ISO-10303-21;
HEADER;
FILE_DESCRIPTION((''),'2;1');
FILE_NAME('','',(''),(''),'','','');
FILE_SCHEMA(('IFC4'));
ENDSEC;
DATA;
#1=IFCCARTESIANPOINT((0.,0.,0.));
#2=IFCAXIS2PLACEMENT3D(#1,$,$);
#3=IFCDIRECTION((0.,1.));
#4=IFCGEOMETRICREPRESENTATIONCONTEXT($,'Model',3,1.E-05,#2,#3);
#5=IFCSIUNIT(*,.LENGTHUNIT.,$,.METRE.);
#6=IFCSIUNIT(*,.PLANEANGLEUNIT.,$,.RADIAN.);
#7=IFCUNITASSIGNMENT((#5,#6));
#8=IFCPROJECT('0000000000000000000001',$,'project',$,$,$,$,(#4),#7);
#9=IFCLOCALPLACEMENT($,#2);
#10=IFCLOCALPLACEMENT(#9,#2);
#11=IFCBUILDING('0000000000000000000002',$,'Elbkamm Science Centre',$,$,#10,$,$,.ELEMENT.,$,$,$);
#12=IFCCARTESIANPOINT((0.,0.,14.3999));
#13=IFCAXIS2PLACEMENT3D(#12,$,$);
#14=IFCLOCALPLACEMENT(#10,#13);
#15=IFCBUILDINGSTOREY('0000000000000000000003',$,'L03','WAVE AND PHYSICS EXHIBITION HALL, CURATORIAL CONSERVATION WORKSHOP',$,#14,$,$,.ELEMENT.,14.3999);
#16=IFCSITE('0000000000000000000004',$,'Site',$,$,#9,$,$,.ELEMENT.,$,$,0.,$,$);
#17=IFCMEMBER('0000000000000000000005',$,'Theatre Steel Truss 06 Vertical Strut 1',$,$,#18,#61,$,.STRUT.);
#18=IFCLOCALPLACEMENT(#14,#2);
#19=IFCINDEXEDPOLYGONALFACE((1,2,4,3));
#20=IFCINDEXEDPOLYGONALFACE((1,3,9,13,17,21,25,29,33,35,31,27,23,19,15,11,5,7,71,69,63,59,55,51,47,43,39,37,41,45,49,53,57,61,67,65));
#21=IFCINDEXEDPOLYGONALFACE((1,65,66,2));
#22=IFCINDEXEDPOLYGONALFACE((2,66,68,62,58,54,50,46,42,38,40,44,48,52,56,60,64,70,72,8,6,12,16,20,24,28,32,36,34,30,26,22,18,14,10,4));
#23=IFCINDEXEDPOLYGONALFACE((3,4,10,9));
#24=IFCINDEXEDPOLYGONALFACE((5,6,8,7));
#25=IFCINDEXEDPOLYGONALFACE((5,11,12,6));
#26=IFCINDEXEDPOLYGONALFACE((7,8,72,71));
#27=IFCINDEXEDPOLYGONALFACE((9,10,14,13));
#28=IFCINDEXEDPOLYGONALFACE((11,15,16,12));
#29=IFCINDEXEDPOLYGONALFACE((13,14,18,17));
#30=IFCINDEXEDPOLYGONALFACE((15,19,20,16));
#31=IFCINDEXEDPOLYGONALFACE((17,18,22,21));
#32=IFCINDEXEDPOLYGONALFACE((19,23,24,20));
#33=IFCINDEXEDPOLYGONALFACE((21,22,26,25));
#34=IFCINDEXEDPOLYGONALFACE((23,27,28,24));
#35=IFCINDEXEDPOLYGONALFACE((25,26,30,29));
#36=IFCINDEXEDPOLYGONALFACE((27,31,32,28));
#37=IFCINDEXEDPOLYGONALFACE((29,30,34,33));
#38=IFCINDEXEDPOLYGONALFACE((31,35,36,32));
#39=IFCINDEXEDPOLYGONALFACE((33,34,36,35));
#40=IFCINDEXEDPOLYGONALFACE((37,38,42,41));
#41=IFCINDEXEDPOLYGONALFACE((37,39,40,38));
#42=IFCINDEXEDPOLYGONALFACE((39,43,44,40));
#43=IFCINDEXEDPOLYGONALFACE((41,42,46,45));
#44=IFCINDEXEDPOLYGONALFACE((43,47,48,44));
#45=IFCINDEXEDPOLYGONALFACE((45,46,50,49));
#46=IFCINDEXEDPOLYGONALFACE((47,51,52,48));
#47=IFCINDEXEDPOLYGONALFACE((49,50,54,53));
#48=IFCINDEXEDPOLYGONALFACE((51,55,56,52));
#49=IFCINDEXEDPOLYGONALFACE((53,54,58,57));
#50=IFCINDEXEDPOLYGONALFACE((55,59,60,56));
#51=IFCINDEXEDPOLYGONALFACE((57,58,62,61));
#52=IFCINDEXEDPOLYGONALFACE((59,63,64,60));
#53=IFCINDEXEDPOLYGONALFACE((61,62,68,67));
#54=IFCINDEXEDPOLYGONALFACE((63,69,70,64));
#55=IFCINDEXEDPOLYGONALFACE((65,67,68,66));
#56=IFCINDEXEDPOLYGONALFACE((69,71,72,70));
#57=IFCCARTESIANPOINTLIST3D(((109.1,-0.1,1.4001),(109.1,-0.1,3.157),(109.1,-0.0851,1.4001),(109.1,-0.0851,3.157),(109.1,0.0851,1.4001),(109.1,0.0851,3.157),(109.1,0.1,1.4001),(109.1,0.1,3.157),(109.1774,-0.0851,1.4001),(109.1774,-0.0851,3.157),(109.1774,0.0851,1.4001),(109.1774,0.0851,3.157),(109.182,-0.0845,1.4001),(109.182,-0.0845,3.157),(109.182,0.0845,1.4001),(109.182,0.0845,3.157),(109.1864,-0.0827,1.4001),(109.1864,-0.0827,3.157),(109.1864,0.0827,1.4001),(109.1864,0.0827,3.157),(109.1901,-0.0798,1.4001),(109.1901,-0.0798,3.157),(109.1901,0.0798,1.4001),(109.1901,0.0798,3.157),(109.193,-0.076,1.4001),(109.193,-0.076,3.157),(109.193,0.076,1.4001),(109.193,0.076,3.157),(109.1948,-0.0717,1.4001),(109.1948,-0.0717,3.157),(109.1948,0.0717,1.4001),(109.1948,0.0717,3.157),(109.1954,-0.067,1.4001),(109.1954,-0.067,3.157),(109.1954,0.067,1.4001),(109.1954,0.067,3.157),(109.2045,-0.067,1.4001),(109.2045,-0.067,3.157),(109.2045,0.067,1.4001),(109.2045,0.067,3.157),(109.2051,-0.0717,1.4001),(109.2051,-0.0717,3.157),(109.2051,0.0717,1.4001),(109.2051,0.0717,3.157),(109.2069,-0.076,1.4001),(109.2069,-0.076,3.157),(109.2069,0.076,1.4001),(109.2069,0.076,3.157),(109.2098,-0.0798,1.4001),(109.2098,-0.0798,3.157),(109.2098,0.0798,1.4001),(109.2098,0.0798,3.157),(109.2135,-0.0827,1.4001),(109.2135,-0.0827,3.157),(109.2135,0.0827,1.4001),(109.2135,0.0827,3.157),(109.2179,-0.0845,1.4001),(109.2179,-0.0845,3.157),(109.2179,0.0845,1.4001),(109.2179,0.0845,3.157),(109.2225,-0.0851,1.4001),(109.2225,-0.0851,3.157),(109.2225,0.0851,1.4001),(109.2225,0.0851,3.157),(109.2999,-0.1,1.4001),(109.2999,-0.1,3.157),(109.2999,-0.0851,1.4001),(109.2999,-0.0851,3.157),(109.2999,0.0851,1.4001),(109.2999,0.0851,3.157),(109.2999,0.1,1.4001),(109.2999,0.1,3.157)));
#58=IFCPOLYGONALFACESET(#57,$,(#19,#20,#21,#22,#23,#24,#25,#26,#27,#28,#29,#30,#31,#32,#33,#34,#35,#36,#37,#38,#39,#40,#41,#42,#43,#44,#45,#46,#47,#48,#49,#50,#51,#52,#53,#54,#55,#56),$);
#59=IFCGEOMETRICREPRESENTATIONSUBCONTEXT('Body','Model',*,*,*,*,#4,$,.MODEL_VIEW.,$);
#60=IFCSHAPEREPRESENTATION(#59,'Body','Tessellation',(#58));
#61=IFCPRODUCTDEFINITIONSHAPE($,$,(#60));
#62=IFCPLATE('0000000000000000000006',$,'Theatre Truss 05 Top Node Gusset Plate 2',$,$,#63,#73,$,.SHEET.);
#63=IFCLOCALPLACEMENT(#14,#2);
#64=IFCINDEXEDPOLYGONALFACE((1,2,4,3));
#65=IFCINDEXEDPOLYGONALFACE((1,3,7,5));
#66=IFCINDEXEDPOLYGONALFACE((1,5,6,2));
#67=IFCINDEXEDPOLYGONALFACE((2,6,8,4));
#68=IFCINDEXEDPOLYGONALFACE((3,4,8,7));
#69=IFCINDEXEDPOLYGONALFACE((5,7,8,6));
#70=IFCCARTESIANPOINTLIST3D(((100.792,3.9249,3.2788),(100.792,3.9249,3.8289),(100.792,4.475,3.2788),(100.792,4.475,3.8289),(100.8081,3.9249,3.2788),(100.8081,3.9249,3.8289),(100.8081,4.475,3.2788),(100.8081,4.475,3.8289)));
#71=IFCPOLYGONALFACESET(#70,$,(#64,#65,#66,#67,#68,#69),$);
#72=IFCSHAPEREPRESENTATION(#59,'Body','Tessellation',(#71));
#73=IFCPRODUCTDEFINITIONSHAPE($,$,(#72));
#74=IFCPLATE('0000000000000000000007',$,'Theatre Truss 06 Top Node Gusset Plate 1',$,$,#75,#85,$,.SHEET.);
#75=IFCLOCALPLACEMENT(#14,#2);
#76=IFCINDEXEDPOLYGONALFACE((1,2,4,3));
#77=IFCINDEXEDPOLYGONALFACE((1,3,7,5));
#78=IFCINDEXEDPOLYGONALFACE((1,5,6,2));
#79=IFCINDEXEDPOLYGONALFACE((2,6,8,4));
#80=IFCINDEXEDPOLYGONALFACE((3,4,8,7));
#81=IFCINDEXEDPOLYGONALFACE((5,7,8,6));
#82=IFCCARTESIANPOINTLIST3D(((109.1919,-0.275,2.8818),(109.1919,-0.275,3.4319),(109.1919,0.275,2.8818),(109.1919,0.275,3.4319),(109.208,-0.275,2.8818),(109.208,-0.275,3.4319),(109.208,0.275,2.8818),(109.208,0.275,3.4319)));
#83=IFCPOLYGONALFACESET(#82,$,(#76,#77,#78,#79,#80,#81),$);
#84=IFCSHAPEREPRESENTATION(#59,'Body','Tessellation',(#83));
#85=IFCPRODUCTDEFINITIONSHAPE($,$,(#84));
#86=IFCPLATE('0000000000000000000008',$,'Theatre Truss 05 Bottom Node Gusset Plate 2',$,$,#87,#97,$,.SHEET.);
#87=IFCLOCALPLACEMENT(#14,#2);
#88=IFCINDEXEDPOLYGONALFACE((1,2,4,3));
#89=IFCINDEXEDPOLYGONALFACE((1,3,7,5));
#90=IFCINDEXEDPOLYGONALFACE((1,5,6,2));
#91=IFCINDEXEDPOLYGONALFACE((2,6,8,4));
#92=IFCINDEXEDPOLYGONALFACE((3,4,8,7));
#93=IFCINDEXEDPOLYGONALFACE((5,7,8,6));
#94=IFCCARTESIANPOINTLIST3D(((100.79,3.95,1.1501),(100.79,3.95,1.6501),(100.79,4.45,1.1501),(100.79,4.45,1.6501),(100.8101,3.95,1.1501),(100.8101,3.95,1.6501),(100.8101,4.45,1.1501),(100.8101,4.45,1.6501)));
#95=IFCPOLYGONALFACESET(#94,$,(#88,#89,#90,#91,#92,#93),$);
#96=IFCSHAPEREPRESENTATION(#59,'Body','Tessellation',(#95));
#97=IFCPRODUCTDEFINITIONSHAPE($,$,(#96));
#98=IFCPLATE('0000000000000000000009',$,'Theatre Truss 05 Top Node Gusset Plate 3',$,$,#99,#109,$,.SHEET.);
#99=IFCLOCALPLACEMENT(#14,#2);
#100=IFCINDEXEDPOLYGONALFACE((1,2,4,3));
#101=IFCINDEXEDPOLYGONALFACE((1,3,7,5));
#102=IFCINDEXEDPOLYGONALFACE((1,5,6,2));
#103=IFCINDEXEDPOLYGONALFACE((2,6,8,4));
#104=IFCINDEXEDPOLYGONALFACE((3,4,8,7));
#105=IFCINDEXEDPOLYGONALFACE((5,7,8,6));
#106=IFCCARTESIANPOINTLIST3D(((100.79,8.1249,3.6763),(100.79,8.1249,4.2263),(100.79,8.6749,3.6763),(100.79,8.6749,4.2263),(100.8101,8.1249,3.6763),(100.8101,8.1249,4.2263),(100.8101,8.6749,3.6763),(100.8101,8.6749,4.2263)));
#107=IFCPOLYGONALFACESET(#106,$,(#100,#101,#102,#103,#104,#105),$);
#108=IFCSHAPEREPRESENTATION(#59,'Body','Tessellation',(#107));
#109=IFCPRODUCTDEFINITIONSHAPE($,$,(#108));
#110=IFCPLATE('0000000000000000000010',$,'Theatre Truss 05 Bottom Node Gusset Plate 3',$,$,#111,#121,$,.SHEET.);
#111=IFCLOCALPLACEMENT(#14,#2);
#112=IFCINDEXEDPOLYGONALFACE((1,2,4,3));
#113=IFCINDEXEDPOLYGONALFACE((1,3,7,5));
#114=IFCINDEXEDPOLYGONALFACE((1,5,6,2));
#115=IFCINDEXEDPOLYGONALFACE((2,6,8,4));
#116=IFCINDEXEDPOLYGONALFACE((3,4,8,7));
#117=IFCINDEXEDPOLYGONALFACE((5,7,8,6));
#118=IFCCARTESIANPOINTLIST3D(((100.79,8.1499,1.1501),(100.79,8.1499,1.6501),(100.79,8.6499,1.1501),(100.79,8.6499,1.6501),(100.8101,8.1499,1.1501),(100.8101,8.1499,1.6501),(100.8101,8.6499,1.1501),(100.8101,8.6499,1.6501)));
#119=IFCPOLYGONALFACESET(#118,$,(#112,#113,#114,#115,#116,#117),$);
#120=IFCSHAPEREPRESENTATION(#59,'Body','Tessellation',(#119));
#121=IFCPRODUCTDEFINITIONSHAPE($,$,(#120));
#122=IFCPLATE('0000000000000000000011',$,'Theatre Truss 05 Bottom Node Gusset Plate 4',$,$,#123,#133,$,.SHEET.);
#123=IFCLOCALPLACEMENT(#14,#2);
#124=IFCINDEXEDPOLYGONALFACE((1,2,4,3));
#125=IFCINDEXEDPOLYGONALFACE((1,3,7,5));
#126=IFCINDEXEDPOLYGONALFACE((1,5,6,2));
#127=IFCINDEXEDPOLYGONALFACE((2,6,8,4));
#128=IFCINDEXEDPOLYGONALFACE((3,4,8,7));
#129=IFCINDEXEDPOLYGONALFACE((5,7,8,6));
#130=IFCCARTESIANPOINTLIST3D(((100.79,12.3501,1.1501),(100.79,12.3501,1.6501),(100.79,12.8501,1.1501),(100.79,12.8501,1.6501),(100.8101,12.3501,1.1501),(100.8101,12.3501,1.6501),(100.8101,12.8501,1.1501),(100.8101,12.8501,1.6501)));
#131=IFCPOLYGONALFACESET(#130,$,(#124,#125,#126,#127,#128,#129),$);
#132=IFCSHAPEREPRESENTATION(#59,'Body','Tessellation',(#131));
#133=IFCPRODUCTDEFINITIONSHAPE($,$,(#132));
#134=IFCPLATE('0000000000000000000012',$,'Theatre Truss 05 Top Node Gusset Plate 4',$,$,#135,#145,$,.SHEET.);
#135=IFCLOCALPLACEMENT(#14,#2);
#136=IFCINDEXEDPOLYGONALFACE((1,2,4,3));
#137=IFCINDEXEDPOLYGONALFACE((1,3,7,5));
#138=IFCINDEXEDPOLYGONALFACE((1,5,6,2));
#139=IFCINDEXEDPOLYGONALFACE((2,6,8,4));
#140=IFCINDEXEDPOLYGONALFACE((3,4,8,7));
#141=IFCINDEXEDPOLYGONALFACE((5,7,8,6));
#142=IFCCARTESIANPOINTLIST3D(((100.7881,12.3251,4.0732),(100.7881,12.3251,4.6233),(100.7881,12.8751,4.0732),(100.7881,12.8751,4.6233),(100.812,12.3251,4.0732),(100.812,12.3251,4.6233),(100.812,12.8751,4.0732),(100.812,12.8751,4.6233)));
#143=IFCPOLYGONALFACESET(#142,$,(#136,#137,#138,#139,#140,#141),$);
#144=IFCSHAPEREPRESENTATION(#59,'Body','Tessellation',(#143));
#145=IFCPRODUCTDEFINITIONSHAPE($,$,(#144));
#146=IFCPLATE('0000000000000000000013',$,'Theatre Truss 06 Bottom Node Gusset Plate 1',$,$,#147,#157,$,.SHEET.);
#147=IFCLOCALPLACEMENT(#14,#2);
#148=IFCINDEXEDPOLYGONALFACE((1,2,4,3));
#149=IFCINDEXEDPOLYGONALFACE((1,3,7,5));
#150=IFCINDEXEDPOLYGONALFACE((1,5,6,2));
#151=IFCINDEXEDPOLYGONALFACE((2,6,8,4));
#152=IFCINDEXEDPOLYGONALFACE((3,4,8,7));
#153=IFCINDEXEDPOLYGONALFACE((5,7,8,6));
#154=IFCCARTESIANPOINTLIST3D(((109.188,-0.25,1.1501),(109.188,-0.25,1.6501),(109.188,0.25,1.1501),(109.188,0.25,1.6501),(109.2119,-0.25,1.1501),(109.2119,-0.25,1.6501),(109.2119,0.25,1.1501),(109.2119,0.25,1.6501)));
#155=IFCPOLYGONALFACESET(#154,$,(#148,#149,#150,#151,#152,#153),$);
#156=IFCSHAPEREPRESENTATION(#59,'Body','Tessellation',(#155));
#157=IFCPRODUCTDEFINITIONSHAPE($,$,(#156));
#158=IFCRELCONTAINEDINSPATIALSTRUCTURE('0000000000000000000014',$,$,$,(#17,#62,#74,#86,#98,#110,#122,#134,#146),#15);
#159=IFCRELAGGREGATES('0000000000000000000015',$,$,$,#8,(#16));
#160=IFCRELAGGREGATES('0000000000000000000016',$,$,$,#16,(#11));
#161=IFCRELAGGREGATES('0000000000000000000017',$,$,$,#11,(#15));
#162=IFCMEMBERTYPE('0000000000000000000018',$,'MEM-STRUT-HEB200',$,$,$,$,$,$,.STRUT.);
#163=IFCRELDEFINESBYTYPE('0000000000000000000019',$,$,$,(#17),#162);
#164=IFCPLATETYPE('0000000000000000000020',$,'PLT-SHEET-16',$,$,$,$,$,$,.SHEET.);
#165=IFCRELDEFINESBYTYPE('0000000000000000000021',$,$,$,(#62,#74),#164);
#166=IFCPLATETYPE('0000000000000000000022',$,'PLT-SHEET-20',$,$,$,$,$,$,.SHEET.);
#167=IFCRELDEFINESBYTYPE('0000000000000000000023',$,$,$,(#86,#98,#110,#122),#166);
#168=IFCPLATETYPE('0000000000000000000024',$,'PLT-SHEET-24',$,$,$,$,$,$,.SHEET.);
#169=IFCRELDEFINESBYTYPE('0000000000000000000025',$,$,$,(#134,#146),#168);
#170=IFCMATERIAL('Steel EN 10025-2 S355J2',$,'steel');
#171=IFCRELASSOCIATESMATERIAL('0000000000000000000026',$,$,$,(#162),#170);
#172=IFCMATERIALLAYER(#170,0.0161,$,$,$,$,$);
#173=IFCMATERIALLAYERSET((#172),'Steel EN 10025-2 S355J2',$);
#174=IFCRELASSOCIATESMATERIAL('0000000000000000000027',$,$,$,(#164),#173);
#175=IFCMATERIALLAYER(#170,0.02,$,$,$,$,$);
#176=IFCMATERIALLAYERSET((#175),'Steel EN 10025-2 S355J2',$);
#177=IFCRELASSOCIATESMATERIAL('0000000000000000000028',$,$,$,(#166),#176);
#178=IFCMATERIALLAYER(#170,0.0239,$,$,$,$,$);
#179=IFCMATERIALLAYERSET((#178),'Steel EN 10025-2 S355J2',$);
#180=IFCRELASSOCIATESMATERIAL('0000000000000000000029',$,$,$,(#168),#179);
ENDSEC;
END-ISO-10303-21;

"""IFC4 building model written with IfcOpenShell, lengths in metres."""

from ifc_helpers import new_model, si_unit, direction, frame, origin, origin_2d, place, context, subcontext, project, spatial, rectangle, i_section, extrude, material, layer, layer_set, material_profile, profile_set, type_object, element, save


model = new_model("IFC4")

# Units and contexts
model_context = context("Model", 3, precision=1e-05, world=origin(), true_north=direction((0.0, 1.0)))
body_context = subcontext(model_context, "Body", "Model", "MODEL_VIEW")
ifc_project = project(units=[si_unit("LENGTHUNIT", "METRE"), si_unit("PLANEANGLEUNIT", "RADIAN")], contexts=[model_context])

# Site, building, storey
site_placement = place(None, origin())
site = spatial("IfcSite", under=ifc_project, at=site_placement, Name="Site", CompositionType="ELEMENT", RefElevation=0.0)
building_placement = place(site_placement, origin())
building = spatial("IfcBuilding", under=site, at=building_placement, Name="Elbkamm Science Centre", CompositionType="ELEMENT")
storey_placement = place(building_placement, frame((0.0, 0.0, 14.3999)))
storey = spatial("IfcBuildingStorey", under=building, at=storey_placement, Name="L03", Description="WAVE AND PHYSICS EXHIBITION HALL, CURATORIAL CONSERVATION WORKSHOP", CompositionType="ELEMENT", Elevation=14.3999)

# Shared definitions
ifc_material_1 = material(Name="Steel EN 10025-2 S355J2", Category="steel")

# Member
ifc_material_profile_1 = material_profile(ifc_material_1, i_section(OverallWidth=0.2, OverallDepth=0.2, WebThickness=0.009, FlangeThickness=0.0149, FilletRadius=0.0181, at=origin_2d()), Name="HEB 200")
ifc_profile_set_1 = profile_set([ifc_material_profile_1], Name="Steel EN 10025-2 S355J2")
member_type_1 = type_object("IfcMemberType", Name="MEM-STRUT-HEB200", PredefinedType="STRUT", material=ifc_profile_set_1)
member_1_placement = place(storey_placement, frame((109.2, 0.0, 1.4001), z_axis=(0.0, 0.0, 1.0), x_axis=(1.0, 0.0, 0.0)))
element("IfcMember", 1, at=member_1_placement, inside=storey, type_object=member_type_1, Name="Theatre Steel Truss 06 Vertical Strut 1", PredefinedType="STRUT", context=body_context, shape_type="SweptSolid", body=[
    extrude(i_section(OverallWidth=0.2, OverallDepth=0.2, WebThickness=0.009, FlangeThickness=0.0149, FilletRadius=0.0181, at=origin_2d()), origin(), (0.0, 0.0, 1.0), 1.7568),
])

# Plates
ifc_layer_1 = layer(ifc_material_1, 0.0161)
ifc_layer_set_1 = layer_set([ifc_layer_1], Name="Steel EN 10025-2 S355J2")
plate_type_1 = type_object("IfcPlateType", Name="PLT-SHEET-16", PredefinedType="SHEET", material=ifc_layer_set_1)
for number, where, z_axis, x_axis, name in (
    (2, (100.8, 4.2, 3.2788), (0.0, 0.0, 1.0), (1.0, 0.0, 0.0), "Theatre Truss 05 Top Node Gusset Plate 2"),
    (3, (109.2, 0.0, 2.8818), (0.0, 0.0, 1.0), (1.0, 0.0, 0.0), "Theatre Truss 06 Top Node Gusset Plate 1"),
):
    element("IfcPlate", number, at=place(storey_placement, frame(where, z_axis=z_axis, x_axis=x_axis)), inside=storey, type_object=plate_type_1, Name=name, PredefinedType="SHEET", context=body_context, shape_type="SweptSolid", body=[
        extrude(rectangle(XDim=0.0161, YDim=0.55, at=origin_2d()), origin(), (0.0, 0.0, 1.0), 0.55),
    ])
ifc_layer_2 = layer(ifc_material_1, 0.02)
ifc_layer_set_2 = layer_set([ifc_layer_2], Name="Steel EN 10025-2 S355J2")
plate_type_2 = type_object("IfcPlateType", Name="PLT-SHEET-20", PredefinedType="SHEET", material=ifc_layer_set_2)
plate_1_placement = place(storey_placement, frame((100.8, 4.2, 1.1501), z_axis=(0.0, 0.0, 1.0), x_axis=(1.0, 0.0, 0.0)))
element("IfcPlate", 4, at=plate_1_placement, inside=storey, type_object=plate_type_2, Name="Theatre Truss 05 Bottom Node Gusset Plate 2", PredefinedType="SHEET", context=body_context, shape_type="SweptSolid", body=[
    extrude(rectangle(XDim=0.02, YDim=0.5, at=origin_2d()), origin(), (0.0, 0.0, 1.0), 0.5),
])
plate_2_placement = place(storey_placement, frame((100.8, 8.3999, 3.6763), z_axis=(0.0, 0.0, 1.0), x_axis=(1.0, 0.0, 0.0)))
element("IfcPlate", 5, at=plate_2_placement, inside=storey, type_object=plate_type_2, Name="Theatre Truss 05 Top Node Gusset Plate 3", PredefinedType="SHEET", context=body_context, shape_type="SweptSolid", body=[
    extrude(rectangle(XDim=0.02, YDim=0.55, at=origin_2d()), origin(), (0.0, 0.0, 1.0), 0.55),
])
for number, where, z_axis, x_axis, name in (
    (6, (100.8, 8.3999, 1.1501), (0.0, 0.0, 1.0), (1.0, 0.0, 0.0), "Theatre Truss 05 Bottom Node Gusset Plate 3"),
    (7, (100.8, 12.6001, 1.1501), (0.0, 0.0, 1.0), (1.0, 0.0, 0.0), "Theatre Truss 05 Bottom Node Gusset Plate 4"),
):
    element("IfcPlate", number, at=place(storey_placement, frame(where, z_axis=z_axis, x_axis=x_axis)), inside=storey, type_object=plate_type_2, Name=name, PredefinedType="SHEET", context=body_context, shape_type="SweptSolid", body=[
        extrude(rectangle(XDim=0.02, YDim=0.5, at=origin_2d()), origin(), (0.0, 0.0, 1.0), 0.5),
    ])
ifc_layer_3 = layer(ifc_material_1, 0.0239)
ifc_layer_set_3 = layer_set([ifc_layer_3], Name="Steel EN 10025-2 S355J2")
plate_type_3 = type_object("IfcPlateType", Name="PLT-SHEET-24", PredefinedType="SHEET", material=ifc_layer_set_3)
plate_3_placement = place(storey_placement, frame((100.8, 12.6001, 4.0732), z_axis=(0.0, 0.0, 1.0), x_axis=(1.0, 0.0, 0.0)))
element("IfcPlate", 8, at=plate_3_placement, inside=storey, type_object=plate_type_3, Name="Theatre Truss 05 Top Node Gusset Plate 4", PredefinedType="SHEET", context=body_context, shape_type="SweptSolid", body=[
    extrude(rectangle(XDim=0.0239, YDim=0.55, at=origin_2d()), origin(), (0.0, 0.0, 1.0), 0.55),
])
plate_4_placement = place(storey_placement, frame((109.2, 0.0, 1.1501), z_axis=(0.0, 0.0, 1.0), x_axis=(1.0, 0.0, 0.0)))
element("IfcPlate", 9, at=plate_4_placement, inside=storey, type_object=plate_type_3, Name="Theatre Truss 06 Bottom Node Gusset Plate 1", PredefinedType="SHEET", context=body_context, shape_type="SweptSolid", body=[
    extrude(rectangle(XDim=0.0239, YDim=0.5, at=origin_2d()), origin(), (0.0, 0.0, 1.0), 0.5),
])

save(model, "model.ifc")
